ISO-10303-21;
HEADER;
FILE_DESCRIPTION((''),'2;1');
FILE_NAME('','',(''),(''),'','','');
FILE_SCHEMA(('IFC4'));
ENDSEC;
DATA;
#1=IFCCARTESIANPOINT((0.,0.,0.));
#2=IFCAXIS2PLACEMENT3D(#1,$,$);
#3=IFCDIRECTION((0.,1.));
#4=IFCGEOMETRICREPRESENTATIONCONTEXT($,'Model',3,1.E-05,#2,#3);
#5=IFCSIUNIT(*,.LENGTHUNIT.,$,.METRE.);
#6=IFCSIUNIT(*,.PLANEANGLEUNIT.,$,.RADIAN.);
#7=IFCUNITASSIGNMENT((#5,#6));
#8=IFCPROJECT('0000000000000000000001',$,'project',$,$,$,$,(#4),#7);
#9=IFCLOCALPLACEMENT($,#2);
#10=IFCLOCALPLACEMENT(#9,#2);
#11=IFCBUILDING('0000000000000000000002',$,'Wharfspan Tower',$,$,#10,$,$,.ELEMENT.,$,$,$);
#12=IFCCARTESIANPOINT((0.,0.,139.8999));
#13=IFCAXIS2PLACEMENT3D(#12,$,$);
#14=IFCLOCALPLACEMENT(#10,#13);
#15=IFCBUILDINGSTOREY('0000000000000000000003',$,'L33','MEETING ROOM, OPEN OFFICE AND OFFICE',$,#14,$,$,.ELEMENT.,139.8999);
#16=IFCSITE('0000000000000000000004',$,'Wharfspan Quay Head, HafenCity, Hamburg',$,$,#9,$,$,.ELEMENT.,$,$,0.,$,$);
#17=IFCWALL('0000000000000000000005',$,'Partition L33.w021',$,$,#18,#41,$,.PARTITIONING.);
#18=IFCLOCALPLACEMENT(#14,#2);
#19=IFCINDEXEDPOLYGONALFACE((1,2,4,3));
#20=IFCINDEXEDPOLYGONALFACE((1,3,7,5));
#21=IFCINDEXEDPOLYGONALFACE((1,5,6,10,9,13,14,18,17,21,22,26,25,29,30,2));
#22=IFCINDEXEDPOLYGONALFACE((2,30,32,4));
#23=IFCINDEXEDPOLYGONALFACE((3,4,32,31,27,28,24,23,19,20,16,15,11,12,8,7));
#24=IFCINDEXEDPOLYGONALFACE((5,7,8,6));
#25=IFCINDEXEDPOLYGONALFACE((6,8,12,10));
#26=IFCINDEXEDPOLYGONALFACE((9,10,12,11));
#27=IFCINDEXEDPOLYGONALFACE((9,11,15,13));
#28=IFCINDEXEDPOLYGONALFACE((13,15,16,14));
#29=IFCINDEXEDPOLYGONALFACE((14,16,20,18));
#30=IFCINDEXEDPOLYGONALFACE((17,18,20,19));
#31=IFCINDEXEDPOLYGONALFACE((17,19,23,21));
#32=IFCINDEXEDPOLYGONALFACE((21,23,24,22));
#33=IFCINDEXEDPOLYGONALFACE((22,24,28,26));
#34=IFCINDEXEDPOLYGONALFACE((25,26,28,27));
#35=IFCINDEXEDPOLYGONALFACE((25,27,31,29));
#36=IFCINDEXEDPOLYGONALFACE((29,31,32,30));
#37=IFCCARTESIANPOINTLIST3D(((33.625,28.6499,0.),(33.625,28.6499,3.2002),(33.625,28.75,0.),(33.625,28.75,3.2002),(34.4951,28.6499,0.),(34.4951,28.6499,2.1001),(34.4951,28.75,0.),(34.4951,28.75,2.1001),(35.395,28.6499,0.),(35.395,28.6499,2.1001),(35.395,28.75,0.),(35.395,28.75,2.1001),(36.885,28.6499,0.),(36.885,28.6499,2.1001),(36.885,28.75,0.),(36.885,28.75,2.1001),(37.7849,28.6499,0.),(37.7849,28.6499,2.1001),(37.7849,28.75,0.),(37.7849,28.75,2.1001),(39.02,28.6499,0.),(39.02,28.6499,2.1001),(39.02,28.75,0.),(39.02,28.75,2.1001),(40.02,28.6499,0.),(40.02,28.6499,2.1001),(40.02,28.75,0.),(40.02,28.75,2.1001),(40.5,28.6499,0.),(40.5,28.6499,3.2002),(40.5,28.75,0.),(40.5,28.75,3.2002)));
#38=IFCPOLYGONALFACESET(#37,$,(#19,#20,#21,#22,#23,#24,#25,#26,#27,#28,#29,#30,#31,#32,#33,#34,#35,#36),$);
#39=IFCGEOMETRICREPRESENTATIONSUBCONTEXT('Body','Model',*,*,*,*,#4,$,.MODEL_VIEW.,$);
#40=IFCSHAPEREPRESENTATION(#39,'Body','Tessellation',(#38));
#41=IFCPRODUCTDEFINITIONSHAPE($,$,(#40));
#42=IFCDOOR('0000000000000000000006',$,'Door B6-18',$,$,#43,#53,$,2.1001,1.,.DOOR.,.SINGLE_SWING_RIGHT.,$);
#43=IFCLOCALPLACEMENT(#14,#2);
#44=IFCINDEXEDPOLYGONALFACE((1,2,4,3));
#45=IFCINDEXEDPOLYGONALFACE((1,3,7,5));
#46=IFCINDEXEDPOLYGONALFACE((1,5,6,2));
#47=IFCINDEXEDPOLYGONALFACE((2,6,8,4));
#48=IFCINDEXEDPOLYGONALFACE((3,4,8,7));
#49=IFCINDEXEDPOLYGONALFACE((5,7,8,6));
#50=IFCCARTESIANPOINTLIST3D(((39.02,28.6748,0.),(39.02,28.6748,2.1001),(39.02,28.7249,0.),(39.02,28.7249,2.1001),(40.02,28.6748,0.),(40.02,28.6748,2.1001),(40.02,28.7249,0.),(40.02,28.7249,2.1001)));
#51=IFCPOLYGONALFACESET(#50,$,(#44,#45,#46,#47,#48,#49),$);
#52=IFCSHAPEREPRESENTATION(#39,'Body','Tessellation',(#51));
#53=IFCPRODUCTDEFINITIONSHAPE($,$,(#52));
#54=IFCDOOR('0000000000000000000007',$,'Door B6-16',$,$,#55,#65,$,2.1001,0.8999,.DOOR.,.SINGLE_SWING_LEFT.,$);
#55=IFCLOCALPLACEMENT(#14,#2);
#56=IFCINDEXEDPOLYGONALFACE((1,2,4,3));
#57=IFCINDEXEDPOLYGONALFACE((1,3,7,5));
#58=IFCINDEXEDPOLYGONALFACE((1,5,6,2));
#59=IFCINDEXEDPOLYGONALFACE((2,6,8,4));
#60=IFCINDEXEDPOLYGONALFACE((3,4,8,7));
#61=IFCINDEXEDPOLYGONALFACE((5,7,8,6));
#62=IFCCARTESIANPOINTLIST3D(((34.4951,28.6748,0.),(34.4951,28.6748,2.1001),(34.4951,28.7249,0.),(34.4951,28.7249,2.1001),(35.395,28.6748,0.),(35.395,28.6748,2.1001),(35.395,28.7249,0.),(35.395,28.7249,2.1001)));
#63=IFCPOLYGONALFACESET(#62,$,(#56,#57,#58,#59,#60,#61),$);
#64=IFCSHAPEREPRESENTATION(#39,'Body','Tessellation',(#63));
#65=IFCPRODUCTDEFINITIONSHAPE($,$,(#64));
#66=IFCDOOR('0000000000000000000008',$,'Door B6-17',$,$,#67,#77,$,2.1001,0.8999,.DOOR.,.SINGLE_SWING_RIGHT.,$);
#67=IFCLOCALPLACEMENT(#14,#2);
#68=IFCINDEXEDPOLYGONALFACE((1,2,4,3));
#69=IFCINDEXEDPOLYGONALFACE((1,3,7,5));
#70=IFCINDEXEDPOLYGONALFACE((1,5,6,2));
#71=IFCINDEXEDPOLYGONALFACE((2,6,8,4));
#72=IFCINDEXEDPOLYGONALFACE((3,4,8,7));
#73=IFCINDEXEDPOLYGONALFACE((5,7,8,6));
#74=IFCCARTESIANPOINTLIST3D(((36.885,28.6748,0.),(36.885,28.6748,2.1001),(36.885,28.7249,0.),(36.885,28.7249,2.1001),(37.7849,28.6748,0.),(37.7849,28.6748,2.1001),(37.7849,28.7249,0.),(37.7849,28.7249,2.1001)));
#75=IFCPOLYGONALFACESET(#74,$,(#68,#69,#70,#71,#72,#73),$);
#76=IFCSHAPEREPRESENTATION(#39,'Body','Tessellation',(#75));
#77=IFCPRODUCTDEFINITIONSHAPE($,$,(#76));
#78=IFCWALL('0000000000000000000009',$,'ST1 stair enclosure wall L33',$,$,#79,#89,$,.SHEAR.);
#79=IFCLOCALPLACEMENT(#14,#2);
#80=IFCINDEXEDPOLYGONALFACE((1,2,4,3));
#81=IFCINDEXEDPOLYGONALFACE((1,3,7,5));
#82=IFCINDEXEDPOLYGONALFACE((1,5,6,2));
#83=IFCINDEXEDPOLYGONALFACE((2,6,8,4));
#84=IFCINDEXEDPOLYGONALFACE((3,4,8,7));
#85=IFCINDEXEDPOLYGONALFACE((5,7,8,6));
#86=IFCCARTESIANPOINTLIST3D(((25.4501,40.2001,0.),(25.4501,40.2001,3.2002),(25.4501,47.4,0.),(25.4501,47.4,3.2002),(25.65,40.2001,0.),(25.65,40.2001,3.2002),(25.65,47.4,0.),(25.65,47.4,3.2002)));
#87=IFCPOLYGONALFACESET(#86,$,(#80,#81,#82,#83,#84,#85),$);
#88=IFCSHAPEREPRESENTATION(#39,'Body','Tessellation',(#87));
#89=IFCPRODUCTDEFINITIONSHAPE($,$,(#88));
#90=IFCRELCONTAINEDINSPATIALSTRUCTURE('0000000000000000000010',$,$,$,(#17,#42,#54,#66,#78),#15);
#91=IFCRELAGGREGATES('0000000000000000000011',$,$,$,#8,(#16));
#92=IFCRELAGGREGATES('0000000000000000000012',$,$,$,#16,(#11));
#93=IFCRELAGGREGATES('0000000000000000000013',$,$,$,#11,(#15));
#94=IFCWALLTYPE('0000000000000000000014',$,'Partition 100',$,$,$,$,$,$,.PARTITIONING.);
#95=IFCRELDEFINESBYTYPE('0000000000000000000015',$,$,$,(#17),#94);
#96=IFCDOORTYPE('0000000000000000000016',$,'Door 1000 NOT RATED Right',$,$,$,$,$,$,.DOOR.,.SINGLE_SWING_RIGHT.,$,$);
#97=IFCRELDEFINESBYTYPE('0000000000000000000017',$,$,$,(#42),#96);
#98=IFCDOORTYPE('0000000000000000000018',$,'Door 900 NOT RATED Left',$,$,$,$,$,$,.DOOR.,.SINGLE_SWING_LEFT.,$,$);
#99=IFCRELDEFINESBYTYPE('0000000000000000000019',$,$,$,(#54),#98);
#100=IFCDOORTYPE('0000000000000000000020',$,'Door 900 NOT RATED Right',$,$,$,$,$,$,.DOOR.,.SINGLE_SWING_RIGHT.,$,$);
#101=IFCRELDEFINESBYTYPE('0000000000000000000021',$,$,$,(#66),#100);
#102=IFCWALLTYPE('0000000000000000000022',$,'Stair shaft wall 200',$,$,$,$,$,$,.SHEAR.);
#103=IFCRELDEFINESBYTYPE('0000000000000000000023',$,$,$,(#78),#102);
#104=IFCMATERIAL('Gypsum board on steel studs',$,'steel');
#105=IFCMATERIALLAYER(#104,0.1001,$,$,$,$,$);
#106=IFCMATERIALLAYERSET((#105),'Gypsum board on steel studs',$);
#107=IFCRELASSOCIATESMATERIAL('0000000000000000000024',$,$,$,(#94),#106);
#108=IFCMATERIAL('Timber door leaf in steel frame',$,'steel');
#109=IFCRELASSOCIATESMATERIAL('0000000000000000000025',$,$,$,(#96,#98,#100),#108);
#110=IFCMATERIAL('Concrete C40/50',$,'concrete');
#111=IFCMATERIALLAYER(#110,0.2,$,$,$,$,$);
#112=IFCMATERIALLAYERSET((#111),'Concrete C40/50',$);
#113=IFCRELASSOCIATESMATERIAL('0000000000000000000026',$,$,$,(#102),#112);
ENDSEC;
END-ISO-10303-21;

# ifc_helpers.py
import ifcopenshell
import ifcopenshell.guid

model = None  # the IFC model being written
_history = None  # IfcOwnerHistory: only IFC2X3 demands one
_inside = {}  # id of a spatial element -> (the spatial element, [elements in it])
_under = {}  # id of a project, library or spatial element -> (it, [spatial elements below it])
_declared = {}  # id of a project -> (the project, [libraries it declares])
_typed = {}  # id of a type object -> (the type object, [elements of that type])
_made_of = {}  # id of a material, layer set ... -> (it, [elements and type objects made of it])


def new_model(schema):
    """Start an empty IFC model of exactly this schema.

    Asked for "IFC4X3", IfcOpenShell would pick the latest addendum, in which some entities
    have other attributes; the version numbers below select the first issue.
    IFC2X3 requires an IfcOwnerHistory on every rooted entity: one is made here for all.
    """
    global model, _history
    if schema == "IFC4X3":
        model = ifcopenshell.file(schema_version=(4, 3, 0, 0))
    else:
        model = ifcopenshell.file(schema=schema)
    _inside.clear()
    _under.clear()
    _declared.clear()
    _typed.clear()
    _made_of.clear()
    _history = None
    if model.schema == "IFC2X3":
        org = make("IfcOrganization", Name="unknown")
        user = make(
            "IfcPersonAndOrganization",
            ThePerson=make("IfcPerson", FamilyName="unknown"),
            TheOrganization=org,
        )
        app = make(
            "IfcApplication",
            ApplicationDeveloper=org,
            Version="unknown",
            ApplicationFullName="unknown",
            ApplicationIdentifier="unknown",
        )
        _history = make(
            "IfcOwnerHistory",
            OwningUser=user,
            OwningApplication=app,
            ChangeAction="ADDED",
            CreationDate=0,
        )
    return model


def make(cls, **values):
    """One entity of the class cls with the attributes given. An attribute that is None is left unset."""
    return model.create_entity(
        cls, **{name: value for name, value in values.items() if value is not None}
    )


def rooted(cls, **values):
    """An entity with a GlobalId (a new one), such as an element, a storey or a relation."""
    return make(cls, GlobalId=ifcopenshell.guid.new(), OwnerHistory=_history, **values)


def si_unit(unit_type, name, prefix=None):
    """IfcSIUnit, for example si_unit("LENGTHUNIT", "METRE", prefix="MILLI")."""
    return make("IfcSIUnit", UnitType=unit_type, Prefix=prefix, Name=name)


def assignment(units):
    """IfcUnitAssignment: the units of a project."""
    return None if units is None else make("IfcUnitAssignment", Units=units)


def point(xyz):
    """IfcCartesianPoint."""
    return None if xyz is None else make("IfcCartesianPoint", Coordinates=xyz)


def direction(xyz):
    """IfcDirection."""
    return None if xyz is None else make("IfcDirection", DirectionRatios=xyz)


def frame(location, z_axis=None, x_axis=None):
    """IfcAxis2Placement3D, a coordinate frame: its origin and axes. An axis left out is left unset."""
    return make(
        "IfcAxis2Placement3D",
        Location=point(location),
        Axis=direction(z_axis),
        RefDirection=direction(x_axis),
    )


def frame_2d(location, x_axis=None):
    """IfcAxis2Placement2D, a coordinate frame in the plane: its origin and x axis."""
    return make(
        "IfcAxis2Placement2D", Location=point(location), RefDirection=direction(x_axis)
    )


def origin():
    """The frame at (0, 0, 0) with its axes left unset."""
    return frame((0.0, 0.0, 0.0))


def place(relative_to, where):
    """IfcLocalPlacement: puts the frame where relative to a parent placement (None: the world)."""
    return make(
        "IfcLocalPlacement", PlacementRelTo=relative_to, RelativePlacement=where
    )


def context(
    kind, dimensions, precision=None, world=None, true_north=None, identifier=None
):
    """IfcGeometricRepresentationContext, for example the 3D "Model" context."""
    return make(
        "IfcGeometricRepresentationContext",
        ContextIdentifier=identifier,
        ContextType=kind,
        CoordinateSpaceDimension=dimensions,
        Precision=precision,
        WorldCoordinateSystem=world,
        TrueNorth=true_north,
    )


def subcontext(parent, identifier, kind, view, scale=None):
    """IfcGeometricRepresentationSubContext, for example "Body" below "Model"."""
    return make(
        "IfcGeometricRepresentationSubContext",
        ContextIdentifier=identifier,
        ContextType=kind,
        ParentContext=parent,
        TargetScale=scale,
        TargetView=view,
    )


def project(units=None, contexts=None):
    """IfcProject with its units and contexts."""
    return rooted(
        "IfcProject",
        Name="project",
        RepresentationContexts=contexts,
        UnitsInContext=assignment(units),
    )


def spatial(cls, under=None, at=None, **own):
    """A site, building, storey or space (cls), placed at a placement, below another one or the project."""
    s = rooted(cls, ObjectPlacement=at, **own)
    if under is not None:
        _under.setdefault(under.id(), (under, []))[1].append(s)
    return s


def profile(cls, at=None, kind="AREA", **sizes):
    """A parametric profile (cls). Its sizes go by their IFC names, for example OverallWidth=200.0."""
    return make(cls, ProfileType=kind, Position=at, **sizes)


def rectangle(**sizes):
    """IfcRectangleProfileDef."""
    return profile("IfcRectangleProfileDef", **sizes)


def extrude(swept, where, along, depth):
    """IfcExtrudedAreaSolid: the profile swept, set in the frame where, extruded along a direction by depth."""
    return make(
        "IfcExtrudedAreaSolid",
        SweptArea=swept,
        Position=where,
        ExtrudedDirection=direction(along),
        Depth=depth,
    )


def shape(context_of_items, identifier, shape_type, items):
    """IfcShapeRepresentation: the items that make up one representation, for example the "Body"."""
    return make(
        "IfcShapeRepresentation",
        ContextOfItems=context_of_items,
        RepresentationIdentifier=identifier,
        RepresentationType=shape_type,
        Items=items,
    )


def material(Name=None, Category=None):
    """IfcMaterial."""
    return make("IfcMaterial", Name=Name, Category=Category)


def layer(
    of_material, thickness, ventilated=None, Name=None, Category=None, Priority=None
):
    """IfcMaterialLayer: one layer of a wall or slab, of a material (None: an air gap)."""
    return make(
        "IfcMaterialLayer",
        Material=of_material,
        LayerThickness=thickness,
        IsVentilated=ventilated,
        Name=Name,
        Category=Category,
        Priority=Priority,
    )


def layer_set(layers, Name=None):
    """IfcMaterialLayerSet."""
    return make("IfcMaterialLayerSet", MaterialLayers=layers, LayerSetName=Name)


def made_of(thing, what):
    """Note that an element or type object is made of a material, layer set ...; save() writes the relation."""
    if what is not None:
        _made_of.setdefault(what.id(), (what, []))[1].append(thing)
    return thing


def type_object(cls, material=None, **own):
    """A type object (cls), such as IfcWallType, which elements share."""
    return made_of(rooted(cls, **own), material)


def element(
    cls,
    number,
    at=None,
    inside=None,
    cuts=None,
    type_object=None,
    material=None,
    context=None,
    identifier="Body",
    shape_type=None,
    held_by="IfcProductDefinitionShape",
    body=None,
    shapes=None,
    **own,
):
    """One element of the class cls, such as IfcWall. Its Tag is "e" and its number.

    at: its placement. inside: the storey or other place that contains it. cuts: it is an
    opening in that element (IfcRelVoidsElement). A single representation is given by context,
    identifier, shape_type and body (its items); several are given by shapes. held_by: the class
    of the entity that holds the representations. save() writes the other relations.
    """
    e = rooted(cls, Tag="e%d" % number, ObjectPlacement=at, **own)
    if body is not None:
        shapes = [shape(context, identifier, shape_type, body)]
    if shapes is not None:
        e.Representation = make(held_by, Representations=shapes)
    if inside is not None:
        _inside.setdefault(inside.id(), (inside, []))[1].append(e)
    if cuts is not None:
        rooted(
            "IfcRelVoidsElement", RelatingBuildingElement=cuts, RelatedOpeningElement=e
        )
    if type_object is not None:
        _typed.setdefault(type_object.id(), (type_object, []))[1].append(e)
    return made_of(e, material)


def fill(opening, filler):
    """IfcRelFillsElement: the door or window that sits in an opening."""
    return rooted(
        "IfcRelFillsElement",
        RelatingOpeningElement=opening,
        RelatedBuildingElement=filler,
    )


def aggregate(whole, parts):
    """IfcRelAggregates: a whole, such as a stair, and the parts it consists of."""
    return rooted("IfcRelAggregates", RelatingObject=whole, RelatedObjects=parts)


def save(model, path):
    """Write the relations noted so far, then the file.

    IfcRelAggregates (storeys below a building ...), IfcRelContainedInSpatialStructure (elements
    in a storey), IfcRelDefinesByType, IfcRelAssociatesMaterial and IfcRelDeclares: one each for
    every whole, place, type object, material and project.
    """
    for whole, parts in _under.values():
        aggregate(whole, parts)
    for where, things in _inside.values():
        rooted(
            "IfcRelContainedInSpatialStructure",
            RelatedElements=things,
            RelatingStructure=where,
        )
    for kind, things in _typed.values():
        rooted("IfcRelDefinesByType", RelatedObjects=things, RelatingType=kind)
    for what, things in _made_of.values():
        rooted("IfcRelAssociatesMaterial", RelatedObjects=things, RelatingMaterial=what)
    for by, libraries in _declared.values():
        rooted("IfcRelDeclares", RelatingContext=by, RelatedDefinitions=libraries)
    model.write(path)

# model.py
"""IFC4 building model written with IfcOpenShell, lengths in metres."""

from ifc_helpers import new_model, si_unit, direction, frame, frame_2d, origin, place, context, subcontext, project, spatial, rectangle, extrude, material, layer, layer_set, type_object, element, fill, save


model = new_model("IFC4")

# Units and contexts
model_context = context("Model", 3, precision=1e-05, world=origin(), true_north=direction((0.0, 1.0)))
body_context = subcontext(model_context, "Body", "Model", "MODEL_VIEW")
ifc_project = project(units=[si_unit("LENGTHUNIT", "METRE"), si_unit("PLANEANGLEUNIT", "RADIAN")], contexts=[model_context])

# Site, building, storey
site_placement = place(None, origin())
site = spatial("IfcSite", under=ifc_project, at=site_placement, Name="Wharfspan Quay Head, HafenCity, Hamburg", CompositionType="ELEMENT", RefElevation=0.0)
building_placement = place(site_placement, origin())
building = spatial("IfcBuilding", under=site, at=building_placement, Name="Wharfspan Tower", CompositionType="ELEMENT")
storey_placement = place(building_placement, frame((0.0, 0.0, 139.8999)))
storey = spatial("IfcBuildingStorey", under=building, at=storey_placement, Name="L33", Description="MEETING ROOM, OPEN OFFICE AND OFFICE", CompositionType="ELEMENT", Elevation=139.8999)

# Shared definitions
ifc_material_1 = material(Name="Gypsum board on steel studs", Category="steel")

# Wall, openings, doors
ifc_layer_1 = layer(ifc_material_1, 0.1001)
ifc_layer_set_1 = layer_set([ifc_layer_1], Name="Gypsum board on steel studs")
wall_type_1 = type_object("IfcWallType", Name="Partition 100", PredefinedType="PARTITIONING", material=ifc_layer_set_1)
wall_1_placement = place(storey_placement, frame((33.625, 28.7, 0.0), z_axis=(0.0, 0.0, 1.0), x_axis=(1.0, 0.0, 0.0)))
wall_1 = element("IfcWall", 1, at=wall_1_placement, inside=storey, type_object=wall_type_1, Name="Partition L33.w021", PredefinedType="PARTITIONING", context=body_context, shape_type="SweptSolid", body=[
    extrude(rectangle(XDim=6.875, YDim=0.1001, at=frame_2d((3.4375, 0.0))), origin(), (0.0, 0.0, 1.0), 3.2002),
])
opening_1_placement = place(wall_1_placement, frame((0.8701, 0.0, 0.0)))
opening_1 = element("IfcOpeningElement", 2, at=opening_1_placement, cuts=wall_1, PredefinedType="OPENING", context=body_context, shape_type="SweptSolid", body=[
    extrude(rectangle(XDim=0.8999, YDim=2.1001, at=frame_2d((0.45, 1.05))), frame((0.0, 0.0601, 0.0), z_axis=(0.0, -1.0, 0.0), x_axis=(1.0, 0.0, 0.0)), (0.0, 0.0, 1.0), 0.1201),
])
opening_2_placement = place(wall_1_placement, frame((3.26, 0.0, 0.0)))
opening_2 = element("IfcOpeningElement", 3, at=opening_2_placement, cuts=wall_1, PredefinedType="OPENING", context=body_context, shape_type="SweptSolid", body=[
    extrude(rectangle(XDim=0.8999, YDim=2.1001, at=frame_2d((0.45, 1.05))), frame((0.0, 0.0601, 0.0), z_axis=(0.0, -1.0, 0.0), x_axis=(1.0, 0.0, 0.0)), (0.0, 0.0, 1.0), 0.1201),
])
opening_3_placement = place(wall_1_placement, frame((5.395, 0.0, 0.0)))
opening_3 = element("IfcOpeningElement", 4, at=opening_3_placement, cuts=wall_1, PredefinedType="OPENING", context=body_context, shape_type="SweptSolid", body=[
    extrude(rectangle(XDim=1.0, YDim=2.1001, at=frame_2d((0.5, 1.05))), frame((0.0, 0.0601, 0.0), z_axis=(0.0, -1.0, 0.0), x_axis=(1.0, 0.0, 0.0)), (0.0, 0.0, 1.0), 0.1201),
])
ifc_material_2 = material(Name="Timber door leaf in steel frame", Category="steel")
door_type_1 = type_object("IfcDoorType", Name="Door 1000 NOT RATED Right", OperationType="SINGLE_SWING_RIGHT", PredefinedType="DOOR", material=ifc_material_2)
door_1_placement = place(opening_3_placement, origin())
door_1 = element("IfcDoor", 5, at=door_1_placement, inside=storey, type_object=door_type_1, Name="Door B6-18", OperationType="SINGLE_SWING_RIGHT", OverallHeight=2.1001, OverallWidth=1.0, PredefinedType="DOOR", context=body_context, shape_type="SweptSolid", body=[
    extrude(rectangle(XDim=1.0, YDim=2.1001, at=frame_2d((0.5, 1.05))), frame((0.0, 0.0249, 0.0), z_axis=(0.0, -1.0, 0.0), x_axis=(1.0, 0.0, 0.0)), (0.0, 0.0, 1.0), 0.05),
])
fill(opening_3, door_1)
door_type_2 = type_object("IfcDoorType", Name="Door 900 NOT RATED Left", OperationType="SINGLE_SWING_LEFT", PredefinedType="DOOR", material=ifc_material_2)
door_2_placement = place(opening_1_placement, origin())
door_2 = element("IfcDoor", 6, at=door_2_placement, inside=storey, type_object=door_type_2, Name="Door B6-16", OperationType="SINGLE_SWING_LEFT", OverallHeight=2.1001, OverallWidth=0.8999, PredefinedType="DOOR", context=body_context, shape_type="SweptSolid", body=[
    extrude(rectangle(XDim=0.8999, YDim=2.1001, at=frame_2d((0.45, 1.05))), frame((0.0, 0.0249, 0.0), z_axis=(0.0, -1.0, 0.0), x_axis=(1.0, 0.0, 0.0)), (0.0, 0.0, 1.0), 0.05),
])
fill(opening_1, door_2)
door_type_3 = type_object("IfcDoorType", Name="Door 900 NOT RATED Right", OperationType="SINGLE_SWING_RIGHT", PredefinedType="DOOR", material=ifc_material_2)
door_3_placement = place(opening_2_placement, origin())
door_3 = element("IfcDoor", 7, at=door_3_placement, inside=storey, type_object=door_type_3, Name="Door B6-17", OperationType="SINGLE_SWING_RIGHT", OverallHeight=2.1001, OverallWidth=0.8999, PredefinedType="DOOR", context=body_context, shape_type="SweptSolid", body=[
    extrude(rectangle(XDim=0.8999, YDim=2.1001, at=frame_2d((0.45, 1.05))), frame((0.0, 0.0249, 0.0), z_axis=(0.0, -1.0, 0.0), x_axis=(1.0, 0.0, 0.0)), (0.0, 0.0, 1.0), 0.05),
])
fill(opening_2, door_3)

# Wall
ifc_material_3 = material(Name="Concrete C40/50", Category="concrete")
ifc_layer_2 = layer(ifc_material_3, 0.2)
ifc_layer_set_2 = layer_set([ifc_layer_2], Name="Concrete C40/50")
wall_type_2 = type_object("IfcWallType", Name="Stair shaft wall 200", PredefinedType="SHEAR", material=ifc_layer_set_2)
wall_2_placement = place(storey_placement, frame((25.55, 40.2, 0.0), z_axis=(0.0, 0.0, 1.0), x_axis=(0.0, 1.0, 0.0)))
element("IfcWall", 8, at=wall_2_placement, inside=storey, type_object=wall_type_2, Name="ST1 stair enclosure wall L33", PredefinedType="SHEAR", context=body_context, shape_type="SweptSolid", body=[
    extrude(rectangle(XDim=7.2, YDim=0.2, at=frame_2d((3.6001, 0.0))), origin(), (0.0, 0.0, 1.0), 3.2002),
])

save(model, "model.ifc")
